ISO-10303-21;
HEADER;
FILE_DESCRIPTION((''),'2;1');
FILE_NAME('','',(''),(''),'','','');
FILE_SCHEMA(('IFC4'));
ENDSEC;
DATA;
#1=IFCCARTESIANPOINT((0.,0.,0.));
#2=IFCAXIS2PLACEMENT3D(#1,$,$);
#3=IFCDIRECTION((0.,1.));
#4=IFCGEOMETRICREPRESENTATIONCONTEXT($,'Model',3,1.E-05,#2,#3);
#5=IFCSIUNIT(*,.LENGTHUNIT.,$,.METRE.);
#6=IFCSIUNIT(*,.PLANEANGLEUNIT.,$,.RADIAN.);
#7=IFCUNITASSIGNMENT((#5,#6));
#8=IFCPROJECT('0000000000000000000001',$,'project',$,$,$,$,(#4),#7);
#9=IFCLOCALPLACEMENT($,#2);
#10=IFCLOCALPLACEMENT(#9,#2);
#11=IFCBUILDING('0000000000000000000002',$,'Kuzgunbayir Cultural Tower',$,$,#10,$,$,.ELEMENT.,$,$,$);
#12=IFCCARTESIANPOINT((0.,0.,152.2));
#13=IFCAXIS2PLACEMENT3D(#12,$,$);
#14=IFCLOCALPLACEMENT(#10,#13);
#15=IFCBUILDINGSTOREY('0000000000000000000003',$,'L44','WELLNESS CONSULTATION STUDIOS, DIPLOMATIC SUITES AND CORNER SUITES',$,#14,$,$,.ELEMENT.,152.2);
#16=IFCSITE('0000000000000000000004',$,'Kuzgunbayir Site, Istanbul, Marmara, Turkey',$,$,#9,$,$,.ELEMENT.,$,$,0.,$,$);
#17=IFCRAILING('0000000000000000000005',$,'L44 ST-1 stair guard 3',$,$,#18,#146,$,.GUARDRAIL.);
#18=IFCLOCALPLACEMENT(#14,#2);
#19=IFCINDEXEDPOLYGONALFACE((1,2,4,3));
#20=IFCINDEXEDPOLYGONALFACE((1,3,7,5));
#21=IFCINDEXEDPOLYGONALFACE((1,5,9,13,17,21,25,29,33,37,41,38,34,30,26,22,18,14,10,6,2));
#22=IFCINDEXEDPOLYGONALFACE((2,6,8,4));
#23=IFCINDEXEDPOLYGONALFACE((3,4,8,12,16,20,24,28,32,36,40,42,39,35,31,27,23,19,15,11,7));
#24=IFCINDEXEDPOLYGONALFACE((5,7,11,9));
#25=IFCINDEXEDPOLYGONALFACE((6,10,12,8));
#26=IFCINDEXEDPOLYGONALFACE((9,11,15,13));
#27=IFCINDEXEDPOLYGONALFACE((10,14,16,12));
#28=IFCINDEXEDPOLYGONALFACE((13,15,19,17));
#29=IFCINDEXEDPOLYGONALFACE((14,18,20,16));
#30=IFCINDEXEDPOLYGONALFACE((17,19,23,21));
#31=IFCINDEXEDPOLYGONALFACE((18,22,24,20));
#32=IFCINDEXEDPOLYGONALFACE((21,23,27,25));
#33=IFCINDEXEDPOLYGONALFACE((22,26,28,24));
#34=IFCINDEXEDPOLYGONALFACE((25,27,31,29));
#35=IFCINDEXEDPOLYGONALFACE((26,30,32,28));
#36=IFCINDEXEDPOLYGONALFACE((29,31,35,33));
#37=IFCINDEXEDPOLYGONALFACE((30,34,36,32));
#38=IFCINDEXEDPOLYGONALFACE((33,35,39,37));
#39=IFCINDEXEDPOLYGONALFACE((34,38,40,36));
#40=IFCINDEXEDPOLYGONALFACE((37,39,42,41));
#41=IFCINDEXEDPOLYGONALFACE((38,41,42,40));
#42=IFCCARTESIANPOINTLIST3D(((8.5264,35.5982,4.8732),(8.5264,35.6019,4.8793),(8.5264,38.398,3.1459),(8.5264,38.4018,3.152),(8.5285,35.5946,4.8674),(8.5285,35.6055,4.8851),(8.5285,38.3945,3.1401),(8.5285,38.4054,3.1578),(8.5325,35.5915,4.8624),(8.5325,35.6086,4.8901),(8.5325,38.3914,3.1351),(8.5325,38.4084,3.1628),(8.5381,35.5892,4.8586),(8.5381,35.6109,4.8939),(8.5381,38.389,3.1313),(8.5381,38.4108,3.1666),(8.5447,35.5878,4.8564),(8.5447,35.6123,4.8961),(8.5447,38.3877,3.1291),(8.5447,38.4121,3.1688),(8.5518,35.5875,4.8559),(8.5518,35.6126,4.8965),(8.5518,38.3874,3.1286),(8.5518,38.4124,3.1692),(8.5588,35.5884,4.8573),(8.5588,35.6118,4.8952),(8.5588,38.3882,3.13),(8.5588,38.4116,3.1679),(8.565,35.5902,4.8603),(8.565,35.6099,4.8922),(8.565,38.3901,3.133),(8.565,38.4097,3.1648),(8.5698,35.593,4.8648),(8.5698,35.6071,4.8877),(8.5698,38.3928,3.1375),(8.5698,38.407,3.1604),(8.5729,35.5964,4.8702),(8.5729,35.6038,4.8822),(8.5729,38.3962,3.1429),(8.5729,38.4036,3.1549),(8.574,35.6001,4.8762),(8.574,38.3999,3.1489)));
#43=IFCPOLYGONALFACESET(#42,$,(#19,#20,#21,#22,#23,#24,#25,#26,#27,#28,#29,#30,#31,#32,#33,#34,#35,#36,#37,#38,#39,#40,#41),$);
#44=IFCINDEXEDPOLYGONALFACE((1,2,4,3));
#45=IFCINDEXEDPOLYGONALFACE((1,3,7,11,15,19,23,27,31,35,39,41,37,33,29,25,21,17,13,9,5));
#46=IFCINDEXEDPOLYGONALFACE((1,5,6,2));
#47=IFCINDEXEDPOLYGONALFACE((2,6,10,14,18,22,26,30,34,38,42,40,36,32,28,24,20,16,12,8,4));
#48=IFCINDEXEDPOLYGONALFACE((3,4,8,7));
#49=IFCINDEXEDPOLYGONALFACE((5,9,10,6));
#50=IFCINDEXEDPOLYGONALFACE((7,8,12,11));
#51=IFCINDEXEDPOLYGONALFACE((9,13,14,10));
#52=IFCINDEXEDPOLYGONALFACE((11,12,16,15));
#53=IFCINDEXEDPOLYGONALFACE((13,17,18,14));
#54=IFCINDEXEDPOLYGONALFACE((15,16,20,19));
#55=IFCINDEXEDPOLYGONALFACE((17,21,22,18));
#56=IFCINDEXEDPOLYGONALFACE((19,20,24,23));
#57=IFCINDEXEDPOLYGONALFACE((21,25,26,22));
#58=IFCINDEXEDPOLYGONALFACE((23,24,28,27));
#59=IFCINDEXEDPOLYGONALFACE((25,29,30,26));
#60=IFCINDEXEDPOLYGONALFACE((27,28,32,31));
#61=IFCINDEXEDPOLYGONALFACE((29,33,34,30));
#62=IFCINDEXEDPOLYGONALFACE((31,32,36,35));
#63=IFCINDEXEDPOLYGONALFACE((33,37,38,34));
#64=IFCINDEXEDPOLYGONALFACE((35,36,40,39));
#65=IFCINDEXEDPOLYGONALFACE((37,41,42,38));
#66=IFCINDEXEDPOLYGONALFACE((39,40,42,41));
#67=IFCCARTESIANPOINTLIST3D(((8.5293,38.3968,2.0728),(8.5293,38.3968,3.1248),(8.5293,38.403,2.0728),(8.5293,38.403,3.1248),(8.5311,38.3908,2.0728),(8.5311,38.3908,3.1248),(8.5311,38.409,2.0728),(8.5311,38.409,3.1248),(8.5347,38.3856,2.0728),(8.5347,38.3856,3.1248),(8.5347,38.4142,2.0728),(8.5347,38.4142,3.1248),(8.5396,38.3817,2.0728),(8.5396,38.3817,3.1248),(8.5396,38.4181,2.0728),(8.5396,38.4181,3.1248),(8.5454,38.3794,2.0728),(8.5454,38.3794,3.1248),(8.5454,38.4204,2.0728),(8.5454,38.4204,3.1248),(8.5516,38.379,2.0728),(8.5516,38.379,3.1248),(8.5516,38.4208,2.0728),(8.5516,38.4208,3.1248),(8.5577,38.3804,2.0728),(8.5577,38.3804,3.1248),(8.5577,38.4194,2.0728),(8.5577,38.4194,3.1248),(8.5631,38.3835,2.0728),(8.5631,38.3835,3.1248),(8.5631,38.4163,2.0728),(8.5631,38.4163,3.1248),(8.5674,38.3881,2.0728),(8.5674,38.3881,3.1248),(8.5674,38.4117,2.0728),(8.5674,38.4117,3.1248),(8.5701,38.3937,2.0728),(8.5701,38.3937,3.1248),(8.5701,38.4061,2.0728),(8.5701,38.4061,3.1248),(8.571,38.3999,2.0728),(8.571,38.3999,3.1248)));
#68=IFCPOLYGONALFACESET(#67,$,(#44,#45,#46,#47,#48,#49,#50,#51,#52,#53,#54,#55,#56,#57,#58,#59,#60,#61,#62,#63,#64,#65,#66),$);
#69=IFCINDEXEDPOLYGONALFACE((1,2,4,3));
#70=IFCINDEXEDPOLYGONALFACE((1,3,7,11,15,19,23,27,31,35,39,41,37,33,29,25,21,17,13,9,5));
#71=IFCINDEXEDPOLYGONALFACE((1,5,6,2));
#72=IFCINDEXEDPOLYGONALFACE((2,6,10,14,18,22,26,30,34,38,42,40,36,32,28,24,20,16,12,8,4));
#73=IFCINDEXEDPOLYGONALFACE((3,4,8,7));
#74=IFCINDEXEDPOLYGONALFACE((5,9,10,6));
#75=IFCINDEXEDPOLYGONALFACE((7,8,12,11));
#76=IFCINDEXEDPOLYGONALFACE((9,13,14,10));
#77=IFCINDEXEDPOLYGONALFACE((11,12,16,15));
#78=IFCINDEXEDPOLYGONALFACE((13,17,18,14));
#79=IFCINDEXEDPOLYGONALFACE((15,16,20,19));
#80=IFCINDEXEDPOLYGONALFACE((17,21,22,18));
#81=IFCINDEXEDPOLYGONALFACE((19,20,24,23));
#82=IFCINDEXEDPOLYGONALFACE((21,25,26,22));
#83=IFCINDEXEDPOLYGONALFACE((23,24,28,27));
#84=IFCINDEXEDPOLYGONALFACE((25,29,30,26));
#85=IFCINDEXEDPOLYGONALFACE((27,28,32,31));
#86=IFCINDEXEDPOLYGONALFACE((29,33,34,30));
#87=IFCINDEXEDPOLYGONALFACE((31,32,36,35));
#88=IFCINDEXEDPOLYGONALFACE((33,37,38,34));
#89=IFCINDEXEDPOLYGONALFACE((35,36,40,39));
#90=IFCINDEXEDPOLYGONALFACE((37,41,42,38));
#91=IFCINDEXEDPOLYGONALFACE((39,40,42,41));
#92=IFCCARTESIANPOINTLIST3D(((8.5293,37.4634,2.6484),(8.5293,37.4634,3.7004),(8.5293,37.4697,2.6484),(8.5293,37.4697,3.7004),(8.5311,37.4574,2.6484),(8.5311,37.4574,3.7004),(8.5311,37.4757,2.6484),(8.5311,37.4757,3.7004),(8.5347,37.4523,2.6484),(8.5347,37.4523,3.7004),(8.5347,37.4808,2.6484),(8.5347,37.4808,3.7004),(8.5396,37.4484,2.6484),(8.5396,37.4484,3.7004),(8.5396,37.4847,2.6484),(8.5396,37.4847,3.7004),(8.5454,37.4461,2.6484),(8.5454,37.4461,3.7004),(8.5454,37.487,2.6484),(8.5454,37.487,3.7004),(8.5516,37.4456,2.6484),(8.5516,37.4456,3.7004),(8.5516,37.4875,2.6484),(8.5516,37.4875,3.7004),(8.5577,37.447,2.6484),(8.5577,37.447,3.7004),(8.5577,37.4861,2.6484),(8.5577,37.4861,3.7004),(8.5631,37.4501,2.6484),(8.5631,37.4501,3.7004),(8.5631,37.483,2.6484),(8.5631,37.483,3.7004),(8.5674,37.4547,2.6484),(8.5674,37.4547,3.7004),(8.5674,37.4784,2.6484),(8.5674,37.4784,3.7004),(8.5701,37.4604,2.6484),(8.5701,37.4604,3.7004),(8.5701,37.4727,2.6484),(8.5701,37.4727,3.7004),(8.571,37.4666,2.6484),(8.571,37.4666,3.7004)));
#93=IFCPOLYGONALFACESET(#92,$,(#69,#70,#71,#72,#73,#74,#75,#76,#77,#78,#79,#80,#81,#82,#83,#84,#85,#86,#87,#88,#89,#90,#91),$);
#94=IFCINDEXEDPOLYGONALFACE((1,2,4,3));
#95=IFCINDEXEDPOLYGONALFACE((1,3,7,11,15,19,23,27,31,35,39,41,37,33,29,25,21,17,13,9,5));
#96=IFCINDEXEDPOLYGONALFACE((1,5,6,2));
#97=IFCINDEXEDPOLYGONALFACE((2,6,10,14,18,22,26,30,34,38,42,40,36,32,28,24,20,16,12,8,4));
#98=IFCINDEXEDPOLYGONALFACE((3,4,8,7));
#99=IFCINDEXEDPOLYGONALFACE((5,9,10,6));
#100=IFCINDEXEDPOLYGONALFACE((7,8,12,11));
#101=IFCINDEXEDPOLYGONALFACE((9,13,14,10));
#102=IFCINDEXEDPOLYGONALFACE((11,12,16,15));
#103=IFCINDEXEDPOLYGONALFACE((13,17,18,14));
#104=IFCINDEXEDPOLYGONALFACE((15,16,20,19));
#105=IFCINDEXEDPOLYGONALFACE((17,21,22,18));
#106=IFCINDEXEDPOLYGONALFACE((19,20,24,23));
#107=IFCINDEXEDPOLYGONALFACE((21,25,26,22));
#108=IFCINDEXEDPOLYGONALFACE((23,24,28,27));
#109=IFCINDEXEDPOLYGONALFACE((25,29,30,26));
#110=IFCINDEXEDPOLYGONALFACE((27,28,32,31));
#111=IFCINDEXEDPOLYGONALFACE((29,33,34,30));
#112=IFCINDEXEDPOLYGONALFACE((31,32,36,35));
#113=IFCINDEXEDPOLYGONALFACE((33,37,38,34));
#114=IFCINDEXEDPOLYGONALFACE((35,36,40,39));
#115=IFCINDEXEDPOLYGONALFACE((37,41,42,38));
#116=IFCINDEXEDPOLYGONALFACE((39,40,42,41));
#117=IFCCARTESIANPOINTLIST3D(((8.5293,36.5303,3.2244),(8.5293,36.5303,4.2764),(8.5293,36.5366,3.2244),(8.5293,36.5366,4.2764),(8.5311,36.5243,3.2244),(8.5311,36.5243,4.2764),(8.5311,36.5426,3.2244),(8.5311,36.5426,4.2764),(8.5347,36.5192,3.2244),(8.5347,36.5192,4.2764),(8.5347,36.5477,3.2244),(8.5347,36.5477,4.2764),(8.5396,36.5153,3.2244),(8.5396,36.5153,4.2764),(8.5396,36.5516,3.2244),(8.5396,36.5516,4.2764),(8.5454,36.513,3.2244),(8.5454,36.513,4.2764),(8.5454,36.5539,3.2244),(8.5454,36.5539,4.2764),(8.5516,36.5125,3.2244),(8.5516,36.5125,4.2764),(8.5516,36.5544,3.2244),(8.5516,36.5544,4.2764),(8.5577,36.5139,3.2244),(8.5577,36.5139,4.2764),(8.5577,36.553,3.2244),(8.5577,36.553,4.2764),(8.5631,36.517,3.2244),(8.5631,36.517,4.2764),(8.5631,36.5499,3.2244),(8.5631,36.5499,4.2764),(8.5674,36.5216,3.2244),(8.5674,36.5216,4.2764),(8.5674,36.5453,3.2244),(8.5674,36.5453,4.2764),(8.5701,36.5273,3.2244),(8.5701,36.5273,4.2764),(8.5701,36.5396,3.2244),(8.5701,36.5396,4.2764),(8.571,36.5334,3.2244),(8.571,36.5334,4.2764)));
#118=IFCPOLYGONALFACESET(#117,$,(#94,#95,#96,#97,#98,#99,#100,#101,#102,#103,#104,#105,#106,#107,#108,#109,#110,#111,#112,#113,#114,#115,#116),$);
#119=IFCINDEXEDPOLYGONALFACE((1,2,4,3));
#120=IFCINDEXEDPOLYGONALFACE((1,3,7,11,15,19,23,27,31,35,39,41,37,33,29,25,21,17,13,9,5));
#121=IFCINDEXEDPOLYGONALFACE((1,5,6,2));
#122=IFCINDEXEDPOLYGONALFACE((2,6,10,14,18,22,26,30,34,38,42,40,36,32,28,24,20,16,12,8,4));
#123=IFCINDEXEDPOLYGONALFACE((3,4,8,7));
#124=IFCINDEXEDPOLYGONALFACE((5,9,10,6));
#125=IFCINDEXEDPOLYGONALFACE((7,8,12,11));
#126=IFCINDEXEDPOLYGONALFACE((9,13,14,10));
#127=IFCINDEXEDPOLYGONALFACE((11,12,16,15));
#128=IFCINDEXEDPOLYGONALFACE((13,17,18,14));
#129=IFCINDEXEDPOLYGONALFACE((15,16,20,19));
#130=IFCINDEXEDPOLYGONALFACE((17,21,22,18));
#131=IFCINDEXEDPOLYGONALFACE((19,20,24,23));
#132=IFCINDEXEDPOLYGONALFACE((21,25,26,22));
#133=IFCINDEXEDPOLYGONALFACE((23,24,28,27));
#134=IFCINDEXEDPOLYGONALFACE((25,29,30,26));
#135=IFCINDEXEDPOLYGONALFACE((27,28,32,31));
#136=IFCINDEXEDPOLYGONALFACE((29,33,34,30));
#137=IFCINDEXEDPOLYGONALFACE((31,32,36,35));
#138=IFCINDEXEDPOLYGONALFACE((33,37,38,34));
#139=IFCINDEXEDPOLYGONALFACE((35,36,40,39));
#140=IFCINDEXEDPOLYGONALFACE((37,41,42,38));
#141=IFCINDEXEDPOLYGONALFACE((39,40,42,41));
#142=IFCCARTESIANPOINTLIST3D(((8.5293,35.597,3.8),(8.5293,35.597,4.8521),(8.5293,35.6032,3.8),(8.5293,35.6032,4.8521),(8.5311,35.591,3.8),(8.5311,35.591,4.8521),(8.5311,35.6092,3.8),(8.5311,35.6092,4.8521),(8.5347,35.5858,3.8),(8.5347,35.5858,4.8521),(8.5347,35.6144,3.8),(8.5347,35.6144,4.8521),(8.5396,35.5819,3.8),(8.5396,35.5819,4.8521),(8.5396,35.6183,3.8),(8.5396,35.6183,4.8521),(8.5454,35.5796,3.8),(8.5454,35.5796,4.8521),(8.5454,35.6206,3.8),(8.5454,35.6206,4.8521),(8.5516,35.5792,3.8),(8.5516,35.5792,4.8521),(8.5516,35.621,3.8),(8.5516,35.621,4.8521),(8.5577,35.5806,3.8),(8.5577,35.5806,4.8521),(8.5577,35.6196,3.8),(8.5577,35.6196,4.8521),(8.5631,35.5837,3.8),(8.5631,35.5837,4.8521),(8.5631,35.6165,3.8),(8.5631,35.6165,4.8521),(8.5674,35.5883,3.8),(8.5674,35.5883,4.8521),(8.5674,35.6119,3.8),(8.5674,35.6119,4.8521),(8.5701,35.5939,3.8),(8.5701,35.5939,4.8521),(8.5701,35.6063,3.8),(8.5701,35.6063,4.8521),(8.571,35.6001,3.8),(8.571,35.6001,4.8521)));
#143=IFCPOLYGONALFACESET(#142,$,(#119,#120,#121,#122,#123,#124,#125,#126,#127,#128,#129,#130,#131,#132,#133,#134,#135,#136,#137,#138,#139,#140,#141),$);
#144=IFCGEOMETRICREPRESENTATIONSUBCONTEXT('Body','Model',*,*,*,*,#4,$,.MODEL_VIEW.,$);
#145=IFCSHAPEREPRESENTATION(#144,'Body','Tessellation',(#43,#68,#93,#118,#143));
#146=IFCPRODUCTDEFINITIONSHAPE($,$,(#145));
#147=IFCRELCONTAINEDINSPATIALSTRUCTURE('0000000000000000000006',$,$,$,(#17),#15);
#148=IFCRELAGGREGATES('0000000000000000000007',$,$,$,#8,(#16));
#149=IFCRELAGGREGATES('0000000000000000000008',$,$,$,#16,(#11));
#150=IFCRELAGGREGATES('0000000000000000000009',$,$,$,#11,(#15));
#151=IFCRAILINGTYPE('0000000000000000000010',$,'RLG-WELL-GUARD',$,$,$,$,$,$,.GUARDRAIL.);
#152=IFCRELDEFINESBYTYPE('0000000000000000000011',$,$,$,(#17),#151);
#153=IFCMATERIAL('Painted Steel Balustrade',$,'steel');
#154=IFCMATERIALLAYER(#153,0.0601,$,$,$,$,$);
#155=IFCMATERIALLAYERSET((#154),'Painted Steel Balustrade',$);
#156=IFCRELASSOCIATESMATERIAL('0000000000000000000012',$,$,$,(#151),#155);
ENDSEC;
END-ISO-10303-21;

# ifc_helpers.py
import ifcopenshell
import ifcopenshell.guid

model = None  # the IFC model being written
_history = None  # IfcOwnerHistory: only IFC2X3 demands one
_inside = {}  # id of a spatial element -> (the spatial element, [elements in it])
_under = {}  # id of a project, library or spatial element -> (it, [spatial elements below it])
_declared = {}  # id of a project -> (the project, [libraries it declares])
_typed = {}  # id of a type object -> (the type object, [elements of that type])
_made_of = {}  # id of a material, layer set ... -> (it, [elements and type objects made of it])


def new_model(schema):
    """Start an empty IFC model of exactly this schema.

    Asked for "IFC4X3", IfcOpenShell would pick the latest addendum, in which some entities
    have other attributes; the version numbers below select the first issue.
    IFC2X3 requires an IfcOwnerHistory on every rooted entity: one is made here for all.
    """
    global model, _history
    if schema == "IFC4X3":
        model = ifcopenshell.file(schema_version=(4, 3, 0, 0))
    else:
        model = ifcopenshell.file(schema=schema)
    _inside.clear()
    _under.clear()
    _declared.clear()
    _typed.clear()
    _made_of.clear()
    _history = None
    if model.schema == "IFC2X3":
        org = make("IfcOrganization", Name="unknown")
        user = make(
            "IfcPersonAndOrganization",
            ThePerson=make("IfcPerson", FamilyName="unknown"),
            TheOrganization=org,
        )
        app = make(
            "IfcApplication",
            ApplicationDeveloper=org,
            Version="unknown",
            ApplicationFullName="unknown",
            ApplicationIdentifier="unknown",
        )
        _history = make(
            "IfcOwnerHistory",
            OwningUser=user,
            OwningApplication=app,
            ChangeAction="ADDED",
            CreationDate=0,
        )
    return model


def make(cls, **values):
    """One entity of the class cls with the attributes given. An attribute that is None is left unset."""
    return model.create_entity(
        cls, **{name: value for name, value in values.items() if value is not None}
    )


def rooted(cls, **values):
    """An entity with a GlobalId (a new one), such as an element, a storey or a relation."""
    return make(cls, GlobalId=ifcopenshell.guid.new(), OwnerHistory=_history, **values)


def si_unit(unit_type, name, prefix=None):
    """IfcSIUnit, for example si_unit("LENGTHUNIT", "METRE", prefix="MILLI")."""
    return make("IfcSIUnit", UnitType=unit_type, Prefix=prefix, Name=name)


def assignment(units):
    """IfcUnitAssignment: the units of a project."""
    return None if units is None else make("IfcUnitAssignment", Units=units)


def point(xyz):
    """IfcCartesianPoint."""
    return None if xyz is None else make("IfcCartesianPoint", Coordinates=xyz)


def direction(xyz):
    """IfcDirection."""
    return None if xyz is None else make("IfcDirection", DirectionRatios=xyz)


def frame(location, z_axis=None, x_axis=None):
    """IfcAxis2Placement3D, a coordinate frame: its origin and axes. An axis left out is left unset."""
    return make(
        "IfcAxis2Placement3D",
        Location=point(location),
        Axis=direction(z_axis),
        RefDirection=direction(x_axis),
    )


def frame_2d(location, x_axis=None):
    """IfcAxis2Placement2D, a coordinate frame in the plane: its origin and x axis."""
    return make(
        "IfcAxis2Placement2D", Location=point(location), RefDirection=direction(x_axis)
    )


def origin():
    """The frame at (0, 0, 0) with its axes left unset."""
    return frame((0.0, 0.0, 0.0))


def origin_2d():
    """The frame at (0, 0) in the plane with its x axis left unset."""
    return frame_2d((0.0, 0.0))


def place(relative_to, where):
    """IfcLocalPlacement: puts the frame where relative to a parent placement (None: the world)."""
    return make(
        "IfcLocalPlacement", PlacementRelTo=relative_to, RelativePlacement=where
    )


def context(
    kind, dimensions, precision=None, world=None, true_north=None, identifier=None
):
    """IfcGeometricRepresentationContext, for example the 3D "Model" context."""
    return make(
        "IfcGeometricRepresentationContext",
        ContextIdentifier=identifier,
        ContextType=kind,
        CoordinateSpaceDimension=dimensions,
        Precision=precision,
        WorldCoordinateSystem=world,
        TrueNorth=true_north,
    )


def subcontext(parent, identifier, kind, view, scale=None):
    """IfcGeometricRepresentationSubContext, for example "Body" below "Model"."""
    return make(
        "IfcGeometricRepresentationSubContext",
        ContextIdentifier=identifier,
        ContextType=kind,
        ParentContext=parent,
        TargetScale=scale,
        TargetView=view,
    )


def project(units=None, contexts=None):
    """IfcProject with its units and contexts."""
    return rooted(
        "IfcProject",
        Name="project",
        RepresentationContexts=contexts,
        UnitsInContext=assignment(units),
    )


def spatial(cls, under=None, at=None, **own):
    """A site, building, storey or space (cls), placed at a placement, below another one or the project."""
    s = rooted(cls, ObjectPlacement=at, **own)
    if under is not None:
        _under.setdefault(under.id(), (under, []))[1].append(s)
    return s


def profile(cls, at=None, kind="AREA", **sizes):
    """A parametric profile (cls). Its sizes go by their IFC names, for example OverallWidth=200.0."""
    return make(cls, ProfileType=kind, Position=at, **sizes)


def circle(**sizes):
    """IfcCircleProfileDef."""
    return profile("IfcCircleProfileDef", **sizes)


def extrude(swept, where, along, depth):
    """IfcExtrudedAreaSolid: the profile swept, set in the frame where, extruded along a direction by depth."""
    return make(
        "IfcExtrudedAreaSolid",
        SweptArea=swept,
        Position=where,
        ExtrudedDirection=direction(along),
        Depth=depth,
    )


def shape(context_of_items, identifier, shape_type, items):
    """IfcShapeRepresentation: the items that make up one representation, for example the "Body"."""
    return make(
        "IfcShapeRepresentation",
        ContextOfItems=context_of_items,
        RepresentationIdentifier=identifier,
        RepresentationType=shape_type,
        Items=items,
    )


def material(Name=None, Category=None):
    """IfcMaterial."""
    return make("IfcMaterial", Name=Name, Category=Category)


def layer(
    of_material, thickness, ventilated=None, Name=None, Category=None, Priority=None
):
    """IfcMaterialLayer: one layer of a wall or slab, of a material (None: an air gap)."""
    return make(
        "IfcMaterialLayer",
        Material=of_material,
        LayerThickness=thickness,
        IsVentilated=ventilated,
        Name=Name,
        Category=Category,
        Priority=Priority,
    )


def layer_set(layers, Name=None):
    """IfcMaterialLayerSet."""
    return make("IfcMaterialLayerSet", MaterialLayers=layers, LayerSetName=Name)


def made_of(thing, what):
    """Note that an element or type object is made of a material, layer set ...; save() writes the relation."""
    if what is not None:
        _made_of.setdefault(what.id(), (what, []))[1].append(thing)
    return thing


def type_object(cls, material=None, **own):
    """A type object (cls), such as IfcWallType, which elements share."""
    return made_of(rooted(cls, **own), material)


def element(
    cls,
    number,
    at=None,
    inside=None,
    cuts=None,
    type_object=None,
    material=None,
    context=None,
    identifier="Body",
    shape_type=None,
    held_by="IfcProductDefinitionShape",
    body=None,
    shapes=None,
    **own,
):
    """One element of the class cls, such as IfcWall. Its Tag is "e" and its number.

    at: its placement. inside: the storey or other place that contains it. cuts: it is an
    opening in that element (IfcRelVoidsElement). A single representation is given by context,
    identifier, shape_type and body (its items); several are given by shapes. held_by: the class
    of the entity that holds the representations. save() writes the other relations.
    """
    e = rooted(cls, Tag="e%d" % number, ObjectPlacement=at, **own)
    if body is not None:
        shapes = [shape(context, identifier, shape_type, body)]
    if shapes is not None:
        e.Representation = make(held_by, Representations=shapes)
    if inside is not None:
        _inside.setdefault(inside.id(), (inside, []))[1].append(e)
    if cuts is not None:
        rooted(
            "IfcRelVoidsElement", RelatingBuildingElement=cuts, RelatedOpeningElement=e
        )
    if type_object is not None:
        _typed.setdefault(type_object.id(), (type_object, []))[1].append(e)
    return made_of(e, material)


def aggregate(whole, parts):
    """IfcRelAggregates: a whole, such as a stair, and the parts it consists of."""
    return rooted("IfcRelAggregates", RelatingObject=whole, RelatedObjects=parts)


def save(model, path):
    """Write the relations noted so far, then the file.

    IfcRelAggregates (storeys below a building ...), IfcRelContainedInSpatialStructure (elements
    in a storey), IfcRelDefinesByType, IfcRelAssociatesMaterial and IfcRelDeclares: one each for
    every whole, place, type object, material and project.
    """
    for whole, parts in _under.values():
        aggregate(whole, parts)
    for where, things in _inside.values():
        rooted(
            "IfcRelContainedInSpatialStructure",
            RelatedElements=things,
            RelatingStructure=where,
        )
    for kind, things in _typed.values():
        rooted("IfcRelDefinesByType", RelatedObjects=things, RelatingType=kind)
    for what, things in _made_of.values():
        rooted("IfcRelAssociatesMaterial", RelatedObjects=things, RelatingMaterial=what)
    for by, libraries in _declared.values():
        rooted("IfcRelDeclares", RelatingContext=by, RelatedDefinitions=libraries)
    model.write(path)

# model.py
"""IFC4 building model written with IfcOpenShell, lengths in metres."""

from ifc_helpers import new_model, si_unit, direction, frame, origin, origin_2d, place, context, subcontext, project, spatial, circle, extrude, material, layer, layer_set, type_object, element, save


model = new_model("IFC4")

# Units and contexts
model_context = context("Model", 3, precision=1e-05, world=origin(), true_north=direction((0.0, 1.0)))
body_context = subcontext(model_context, "Body", "Model", "MODEL_VIEW")
ifc_project = project(units=[si_unit("LENGTHUNIT", "METRE"), si_unit("PLANEANGLEUNIT", "RADIAN")], contexts=[model_context])

# Site, building, storey
site_placement = place(None, origin())
site = spatial("IfcSite", under=ifc_project, at=site_placement, Name="Kuzgunbayir Site, Istanbul, Marmara, Turkey", CompositionType="ELEMENT", RefElevation=0.0)
building_placement = place(site_placement, origin())
building = spatial("IfcBuilding", under=site, at=building_placement, Name="Kuzgunbayir Cultural Tower", CompositionType="ELEMENT")
storey_placement = place(building_placement, frame((0.0, 0.0, 152.2)))
storey = spatial("IfcBuildingStorey", under=building, at=storey_placement, Name="L44", Description="WELLNESS CONSULTATION STUDIOS, DIPLOMATIC SUITES AND CORNER SUITES", CompositionType="ELEMENT", Elevation=152.2)

# Railing
ifc_material_1 = material(Name="Painted Steel Balustrade", Category="steel")
ifc_layer_1 = layer(ifc_material_1, 0.0601)
ifc_layer_set_1 = layer_set([ifc_layer_1], Name="Painted Steel Balustrade")
railing_type_1 = type_object("IfcRailingType", Name="RLG-WELL-GUARD", PredefinedType="GUARDRAIL", material=ifc_layer_set_1)
railing_1_placement = place(storey_placement, frame((8.55, 38.3999, 2.0728)))
element("IfcRailing", 1, at=railing_1_placement, inside=storey, type_object=railing_type_1, Name="L44 ST-1 stair guard 3", PredefinedType="GUARDRAIL", context=body_context, shape_type="SweptSolid", body=[
    extrude(circle(Radius=0.0239, at=origin_2d()), frame((0.0, 0.0, 1.0762), z_axis=(0.0, -0.851069, 0.525054), x_axis=(1.0, 0.0, 0.0)), (0.0, 0.0, 1.0), 3.2898),
    extrude(circle(Radius=0.021, at=origin_2d()), origin(), (0.0, 0.0, 1.0), 1.052),
    extrude(circle(Radius=0.021, at=origin_2d()), frame((0.0, -0.9333, 0.5757)), (0.0, 0.0, 1.0), 1.052),
    extrude(circle(Radius=0.021, at=origin_2d()), frame((0.0, -1.8665, 1.1516)), (0.0, 0.0, 1.0), 1.052),
    extrude(circle(Radius=0.021, at=origin_2d()), frame((0.0, -2.7998, 1.7273)), (0.0, 0.0, 1.0), 1.052),
])

save(model, "model.ifc")
